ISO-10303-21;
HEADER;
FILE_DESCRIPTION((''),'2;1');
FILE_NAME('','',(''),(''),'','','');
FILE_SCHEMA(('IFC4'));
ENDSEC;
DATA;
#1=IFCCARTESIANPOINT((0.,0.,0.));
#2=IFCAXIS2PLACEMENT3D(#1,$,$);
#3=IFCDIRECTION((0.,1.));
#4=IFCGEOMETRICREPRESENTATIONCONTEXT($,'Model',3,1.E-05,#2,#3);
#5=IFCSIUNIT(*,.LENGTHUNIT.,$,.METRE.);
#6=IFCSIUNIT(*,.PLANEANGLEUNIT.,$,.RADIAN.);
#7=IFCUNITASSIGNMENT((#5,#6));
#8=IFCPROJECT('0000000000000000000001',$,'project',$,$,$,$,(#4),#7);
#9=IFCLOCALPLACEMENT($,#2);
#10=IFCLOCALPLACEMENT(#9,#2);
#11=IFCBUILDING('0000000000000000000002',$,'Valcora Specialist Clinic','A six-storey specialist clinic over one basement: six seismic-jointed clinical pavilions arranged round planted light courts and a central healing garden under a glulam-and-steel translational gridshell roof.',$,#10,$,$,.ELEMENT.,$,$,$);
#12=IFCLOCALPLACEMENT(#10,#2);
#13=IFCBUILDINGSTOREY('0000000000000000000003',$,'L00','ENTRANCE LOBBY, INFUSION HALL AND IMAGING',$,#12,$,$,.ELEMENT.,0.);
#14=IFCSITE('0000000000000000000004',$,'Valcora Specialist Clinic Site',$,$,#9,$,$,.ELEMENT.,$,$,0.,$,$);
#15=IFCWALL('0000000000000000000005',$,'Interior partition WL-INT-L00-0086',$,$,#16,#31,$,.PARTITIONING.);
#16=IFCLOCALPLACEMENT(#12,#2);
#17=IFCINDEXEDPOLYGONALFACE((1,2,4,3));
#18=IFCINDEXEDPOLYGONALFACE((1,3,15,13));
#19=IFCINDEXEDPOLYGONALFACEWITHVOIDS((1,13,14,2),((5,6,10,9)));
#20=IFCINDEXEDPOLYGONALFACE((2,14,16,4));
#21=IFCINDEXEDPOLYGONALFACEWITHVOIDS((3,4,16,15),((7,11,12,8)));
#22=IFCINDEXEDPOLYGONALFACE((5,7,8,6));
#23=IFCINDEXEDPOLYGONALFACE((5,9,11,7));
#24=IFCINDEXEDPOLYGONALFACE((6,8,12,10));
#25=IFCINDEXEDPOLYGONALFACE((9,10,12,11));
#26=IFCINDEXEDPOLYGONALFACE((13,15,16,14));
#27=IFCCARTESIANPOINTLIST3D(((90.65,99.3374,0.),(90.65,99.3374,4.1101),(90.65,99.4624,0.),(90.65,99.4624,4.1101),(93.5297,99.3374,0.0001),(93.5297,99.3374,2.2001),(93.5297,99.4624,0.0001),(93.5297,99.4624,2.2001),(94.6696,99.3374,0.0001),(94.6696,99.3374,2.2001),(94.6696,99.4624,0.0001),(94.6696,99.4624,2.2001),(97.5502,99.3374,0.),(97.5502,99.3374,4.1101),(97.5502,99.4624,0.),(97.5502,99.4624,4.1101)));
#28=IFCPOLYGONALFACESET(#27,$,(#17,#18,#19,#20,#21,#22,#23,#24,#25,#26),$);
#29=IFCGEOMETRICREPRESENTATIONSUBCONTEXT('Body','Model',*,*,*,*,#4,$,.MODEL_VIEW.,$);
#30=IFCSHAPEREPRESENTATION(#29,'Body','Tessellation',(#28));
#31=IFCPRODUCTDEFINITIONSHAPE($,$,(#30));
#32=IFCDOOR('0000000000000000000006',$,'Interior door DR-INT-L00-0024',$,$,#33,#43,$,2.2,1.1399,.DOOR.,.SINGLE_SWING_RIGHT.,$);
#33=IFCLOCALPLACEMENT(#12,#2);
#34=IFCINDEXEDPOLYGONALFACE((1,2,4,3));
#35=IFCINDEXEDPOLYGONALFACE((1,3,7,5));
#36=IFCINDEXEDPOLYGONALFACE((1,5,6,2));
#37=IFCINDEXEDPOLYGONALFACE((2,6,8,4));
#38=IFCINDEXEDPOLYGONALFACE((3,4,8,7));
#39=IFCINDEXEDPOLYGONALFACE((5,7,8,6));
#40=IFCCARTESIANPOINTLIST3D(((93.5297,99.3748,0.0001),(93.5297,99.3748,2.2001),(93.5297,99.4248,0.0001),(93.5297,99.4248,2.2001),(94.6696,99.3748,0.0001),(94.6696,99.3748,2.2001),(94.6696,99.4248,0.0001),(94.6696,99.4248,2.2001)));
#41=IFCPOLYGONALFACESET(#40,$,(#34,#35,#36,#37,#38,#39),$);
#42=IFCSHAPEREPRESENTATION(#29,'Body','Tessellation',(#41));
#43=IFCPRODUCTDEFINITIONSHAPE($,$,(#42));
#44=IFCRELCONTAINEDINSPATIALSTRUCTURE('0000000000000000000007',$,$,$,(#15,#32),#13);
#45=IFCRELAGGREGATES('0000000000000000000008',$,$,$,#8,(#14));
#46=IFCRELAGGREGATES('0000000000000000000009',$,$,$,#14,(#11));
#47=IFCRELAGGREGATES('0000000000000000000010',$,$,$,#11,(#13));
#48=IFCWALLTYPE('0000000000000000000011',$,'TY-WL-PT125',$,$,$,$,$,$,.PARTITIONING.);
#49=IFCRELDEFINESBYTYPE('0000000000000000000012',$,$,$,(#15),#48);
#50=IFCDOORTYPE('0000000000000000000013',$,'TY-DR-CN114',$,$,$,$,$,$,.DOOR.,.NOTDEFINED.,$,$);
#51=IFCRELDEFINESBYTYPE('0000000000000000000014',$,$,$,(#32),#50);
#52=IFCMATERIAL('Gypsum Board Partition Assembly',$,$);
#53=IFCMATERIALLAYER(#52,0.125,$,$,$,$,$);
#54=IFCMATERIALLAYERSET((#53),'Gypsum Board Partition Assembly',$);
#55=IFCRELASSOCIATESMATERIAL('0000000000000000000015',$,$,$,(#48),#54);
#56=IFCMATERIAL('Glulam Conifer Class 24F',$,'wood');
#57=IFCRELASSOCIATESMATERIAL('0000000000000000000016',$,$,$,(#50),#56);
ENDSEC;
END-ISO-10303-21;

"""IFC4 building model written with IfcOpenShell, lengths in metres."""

from ifc_helpers import new_model, si_unit, direction, frame, frame_2d, origin, place, context, subcontext, project, spatial, rectangle, extrude, material, layer, layer_set, type_object, element, fill, save


model = new_model("IFC4")

# Units and contexts
model_context = context("Model", 3, precision=1e-05, world=origin(), true_north=direction((0.0, 1.0)))
body_context = subcontext(model_context, "Body", "Model", "MODEL_VIEW")
ifc_project = project(units=[si_unit("LENGTHUNIT", "METRE"), si_unit("PLANEANGLEUNIT", "RADIAN")], contexts=[model_context])

# Site, building, storey
site_placement = place(None, origin())
site = spatial("IfcSite", under=ifc_project, at=site_placement, Name="Valcora Specialist Clinic Site", CompositionType="ELEMENT", RefElevation=0.0)
building_placement = place(site_placement, origin())
building = spatial("IfcBuilding", under=site, at=building_placement, Name="Valcora Specialist Clinic", Description="A six-storey specialist clinic over one basement: six seismic-jointed clinical pavilions arranged round planted light courts and a central healing garden under a glulam-and-steel translational gridshell roof.", CompositionType="ELEMENT")
storey_placement = place(building_placement, origin())
storey = spatial("IfcBuildingStorey", under=building, at=storey_placement, Name="L00", Description="ENTRANCE LOBBY, INFUSION HALL AND IMAGING", CompositionType="ELEMENT", Elevation=0.0)

# Wall, opening, door
ifc_material_1 = material(Name="Gypsum Board Partition Assembly")
ifc_layer_1 = layer(ifc_material_1, 0.125)
ifc_layer_set_1 = layer_set([ifc_layer_1], Name="Gypsum Board Partition Assembly")
wall_type_1 = type_object("IfcWallType", Name="TY-WL-PT125", PredefinedType="PARTITIONING", material=ifc_layer_set_1)
wall_1_placement = place(storey_placement, frame((90.6499, 99.3999, 0.0), z_axis=(0.0, 0.0, 1.0), x_axis=(1.0, 0.0, 0.0)))
wall_1 = element("IfcWall", 1, at=wall_1_placement, inside=storey, type_object=wall_type_1, Name="Interior partition WL-INT-L00-0086", PredefinedType="PARTITIONING", context=body_context, shape_type="SweptSolid", body=[
    extrude(rectangle(XDim=6.9001, YDim=0.125, at=frame_2d((3.4502, 0.0))), origin(), (0.0, 0.0, 1.0), 4.1101),
])
opening_1_placement = place(wall_1_placement, frame((2.8799, 0.0, 0.0)))
opening_1 = element("IfcOpeningElement", 2, at=opening_1_placement, cuts=wall_1, PredefinedType="OPENING", context=body_context, shape_type="SweptSolid", body=[
    extrude(rectangle(XDim=1.1399, YDim=2.2, at=frame_2d((0.5698, 1.1001))), frame((0.0, 0.0725, 0.0), z_axis=(0.0, -1.0, 0.0), x_axis=(1.0, 0.0, 0.0)), (0.0, 0.0, 1.0), 0.145),
])
ifc_material_2 = material(Name="Glulam Conifer Class 24F", Category="wood")
door_type = type_object("IfcDoorType", Name="TY-DR-CN114", OperationType="NOTDEFINED", PredefinedType="DOOR", material=ifc_material_2)
door_placement = place(opening_1_placement, origin())
door = element("IfcDoor", 3, at=door_placement, inside=storey, type_object=door_type, Name="Interior door DR-INT-L00-0024", OperationType="SINGLE_SWING_RIGHT", OverallHeight=2.2, OverallWidth=1.1399, PredefinedType="DOOR", context=body_context, shape_type="SweptSolid", body=[
    extrude(rectangle(XDim=1.1399, YDim=2.2, at=frame_2d((0.5698, 1.1001))), frame((0.0, 0.0249, 0.0), z_axis=(0.0, -1.0, 0.0), x_axis=(1.0, 0.0, 0.0)), (0.0, 0.0, 1.0), 0.05),
])
fill(opening_1, door)

save(model, "model.ifc")
